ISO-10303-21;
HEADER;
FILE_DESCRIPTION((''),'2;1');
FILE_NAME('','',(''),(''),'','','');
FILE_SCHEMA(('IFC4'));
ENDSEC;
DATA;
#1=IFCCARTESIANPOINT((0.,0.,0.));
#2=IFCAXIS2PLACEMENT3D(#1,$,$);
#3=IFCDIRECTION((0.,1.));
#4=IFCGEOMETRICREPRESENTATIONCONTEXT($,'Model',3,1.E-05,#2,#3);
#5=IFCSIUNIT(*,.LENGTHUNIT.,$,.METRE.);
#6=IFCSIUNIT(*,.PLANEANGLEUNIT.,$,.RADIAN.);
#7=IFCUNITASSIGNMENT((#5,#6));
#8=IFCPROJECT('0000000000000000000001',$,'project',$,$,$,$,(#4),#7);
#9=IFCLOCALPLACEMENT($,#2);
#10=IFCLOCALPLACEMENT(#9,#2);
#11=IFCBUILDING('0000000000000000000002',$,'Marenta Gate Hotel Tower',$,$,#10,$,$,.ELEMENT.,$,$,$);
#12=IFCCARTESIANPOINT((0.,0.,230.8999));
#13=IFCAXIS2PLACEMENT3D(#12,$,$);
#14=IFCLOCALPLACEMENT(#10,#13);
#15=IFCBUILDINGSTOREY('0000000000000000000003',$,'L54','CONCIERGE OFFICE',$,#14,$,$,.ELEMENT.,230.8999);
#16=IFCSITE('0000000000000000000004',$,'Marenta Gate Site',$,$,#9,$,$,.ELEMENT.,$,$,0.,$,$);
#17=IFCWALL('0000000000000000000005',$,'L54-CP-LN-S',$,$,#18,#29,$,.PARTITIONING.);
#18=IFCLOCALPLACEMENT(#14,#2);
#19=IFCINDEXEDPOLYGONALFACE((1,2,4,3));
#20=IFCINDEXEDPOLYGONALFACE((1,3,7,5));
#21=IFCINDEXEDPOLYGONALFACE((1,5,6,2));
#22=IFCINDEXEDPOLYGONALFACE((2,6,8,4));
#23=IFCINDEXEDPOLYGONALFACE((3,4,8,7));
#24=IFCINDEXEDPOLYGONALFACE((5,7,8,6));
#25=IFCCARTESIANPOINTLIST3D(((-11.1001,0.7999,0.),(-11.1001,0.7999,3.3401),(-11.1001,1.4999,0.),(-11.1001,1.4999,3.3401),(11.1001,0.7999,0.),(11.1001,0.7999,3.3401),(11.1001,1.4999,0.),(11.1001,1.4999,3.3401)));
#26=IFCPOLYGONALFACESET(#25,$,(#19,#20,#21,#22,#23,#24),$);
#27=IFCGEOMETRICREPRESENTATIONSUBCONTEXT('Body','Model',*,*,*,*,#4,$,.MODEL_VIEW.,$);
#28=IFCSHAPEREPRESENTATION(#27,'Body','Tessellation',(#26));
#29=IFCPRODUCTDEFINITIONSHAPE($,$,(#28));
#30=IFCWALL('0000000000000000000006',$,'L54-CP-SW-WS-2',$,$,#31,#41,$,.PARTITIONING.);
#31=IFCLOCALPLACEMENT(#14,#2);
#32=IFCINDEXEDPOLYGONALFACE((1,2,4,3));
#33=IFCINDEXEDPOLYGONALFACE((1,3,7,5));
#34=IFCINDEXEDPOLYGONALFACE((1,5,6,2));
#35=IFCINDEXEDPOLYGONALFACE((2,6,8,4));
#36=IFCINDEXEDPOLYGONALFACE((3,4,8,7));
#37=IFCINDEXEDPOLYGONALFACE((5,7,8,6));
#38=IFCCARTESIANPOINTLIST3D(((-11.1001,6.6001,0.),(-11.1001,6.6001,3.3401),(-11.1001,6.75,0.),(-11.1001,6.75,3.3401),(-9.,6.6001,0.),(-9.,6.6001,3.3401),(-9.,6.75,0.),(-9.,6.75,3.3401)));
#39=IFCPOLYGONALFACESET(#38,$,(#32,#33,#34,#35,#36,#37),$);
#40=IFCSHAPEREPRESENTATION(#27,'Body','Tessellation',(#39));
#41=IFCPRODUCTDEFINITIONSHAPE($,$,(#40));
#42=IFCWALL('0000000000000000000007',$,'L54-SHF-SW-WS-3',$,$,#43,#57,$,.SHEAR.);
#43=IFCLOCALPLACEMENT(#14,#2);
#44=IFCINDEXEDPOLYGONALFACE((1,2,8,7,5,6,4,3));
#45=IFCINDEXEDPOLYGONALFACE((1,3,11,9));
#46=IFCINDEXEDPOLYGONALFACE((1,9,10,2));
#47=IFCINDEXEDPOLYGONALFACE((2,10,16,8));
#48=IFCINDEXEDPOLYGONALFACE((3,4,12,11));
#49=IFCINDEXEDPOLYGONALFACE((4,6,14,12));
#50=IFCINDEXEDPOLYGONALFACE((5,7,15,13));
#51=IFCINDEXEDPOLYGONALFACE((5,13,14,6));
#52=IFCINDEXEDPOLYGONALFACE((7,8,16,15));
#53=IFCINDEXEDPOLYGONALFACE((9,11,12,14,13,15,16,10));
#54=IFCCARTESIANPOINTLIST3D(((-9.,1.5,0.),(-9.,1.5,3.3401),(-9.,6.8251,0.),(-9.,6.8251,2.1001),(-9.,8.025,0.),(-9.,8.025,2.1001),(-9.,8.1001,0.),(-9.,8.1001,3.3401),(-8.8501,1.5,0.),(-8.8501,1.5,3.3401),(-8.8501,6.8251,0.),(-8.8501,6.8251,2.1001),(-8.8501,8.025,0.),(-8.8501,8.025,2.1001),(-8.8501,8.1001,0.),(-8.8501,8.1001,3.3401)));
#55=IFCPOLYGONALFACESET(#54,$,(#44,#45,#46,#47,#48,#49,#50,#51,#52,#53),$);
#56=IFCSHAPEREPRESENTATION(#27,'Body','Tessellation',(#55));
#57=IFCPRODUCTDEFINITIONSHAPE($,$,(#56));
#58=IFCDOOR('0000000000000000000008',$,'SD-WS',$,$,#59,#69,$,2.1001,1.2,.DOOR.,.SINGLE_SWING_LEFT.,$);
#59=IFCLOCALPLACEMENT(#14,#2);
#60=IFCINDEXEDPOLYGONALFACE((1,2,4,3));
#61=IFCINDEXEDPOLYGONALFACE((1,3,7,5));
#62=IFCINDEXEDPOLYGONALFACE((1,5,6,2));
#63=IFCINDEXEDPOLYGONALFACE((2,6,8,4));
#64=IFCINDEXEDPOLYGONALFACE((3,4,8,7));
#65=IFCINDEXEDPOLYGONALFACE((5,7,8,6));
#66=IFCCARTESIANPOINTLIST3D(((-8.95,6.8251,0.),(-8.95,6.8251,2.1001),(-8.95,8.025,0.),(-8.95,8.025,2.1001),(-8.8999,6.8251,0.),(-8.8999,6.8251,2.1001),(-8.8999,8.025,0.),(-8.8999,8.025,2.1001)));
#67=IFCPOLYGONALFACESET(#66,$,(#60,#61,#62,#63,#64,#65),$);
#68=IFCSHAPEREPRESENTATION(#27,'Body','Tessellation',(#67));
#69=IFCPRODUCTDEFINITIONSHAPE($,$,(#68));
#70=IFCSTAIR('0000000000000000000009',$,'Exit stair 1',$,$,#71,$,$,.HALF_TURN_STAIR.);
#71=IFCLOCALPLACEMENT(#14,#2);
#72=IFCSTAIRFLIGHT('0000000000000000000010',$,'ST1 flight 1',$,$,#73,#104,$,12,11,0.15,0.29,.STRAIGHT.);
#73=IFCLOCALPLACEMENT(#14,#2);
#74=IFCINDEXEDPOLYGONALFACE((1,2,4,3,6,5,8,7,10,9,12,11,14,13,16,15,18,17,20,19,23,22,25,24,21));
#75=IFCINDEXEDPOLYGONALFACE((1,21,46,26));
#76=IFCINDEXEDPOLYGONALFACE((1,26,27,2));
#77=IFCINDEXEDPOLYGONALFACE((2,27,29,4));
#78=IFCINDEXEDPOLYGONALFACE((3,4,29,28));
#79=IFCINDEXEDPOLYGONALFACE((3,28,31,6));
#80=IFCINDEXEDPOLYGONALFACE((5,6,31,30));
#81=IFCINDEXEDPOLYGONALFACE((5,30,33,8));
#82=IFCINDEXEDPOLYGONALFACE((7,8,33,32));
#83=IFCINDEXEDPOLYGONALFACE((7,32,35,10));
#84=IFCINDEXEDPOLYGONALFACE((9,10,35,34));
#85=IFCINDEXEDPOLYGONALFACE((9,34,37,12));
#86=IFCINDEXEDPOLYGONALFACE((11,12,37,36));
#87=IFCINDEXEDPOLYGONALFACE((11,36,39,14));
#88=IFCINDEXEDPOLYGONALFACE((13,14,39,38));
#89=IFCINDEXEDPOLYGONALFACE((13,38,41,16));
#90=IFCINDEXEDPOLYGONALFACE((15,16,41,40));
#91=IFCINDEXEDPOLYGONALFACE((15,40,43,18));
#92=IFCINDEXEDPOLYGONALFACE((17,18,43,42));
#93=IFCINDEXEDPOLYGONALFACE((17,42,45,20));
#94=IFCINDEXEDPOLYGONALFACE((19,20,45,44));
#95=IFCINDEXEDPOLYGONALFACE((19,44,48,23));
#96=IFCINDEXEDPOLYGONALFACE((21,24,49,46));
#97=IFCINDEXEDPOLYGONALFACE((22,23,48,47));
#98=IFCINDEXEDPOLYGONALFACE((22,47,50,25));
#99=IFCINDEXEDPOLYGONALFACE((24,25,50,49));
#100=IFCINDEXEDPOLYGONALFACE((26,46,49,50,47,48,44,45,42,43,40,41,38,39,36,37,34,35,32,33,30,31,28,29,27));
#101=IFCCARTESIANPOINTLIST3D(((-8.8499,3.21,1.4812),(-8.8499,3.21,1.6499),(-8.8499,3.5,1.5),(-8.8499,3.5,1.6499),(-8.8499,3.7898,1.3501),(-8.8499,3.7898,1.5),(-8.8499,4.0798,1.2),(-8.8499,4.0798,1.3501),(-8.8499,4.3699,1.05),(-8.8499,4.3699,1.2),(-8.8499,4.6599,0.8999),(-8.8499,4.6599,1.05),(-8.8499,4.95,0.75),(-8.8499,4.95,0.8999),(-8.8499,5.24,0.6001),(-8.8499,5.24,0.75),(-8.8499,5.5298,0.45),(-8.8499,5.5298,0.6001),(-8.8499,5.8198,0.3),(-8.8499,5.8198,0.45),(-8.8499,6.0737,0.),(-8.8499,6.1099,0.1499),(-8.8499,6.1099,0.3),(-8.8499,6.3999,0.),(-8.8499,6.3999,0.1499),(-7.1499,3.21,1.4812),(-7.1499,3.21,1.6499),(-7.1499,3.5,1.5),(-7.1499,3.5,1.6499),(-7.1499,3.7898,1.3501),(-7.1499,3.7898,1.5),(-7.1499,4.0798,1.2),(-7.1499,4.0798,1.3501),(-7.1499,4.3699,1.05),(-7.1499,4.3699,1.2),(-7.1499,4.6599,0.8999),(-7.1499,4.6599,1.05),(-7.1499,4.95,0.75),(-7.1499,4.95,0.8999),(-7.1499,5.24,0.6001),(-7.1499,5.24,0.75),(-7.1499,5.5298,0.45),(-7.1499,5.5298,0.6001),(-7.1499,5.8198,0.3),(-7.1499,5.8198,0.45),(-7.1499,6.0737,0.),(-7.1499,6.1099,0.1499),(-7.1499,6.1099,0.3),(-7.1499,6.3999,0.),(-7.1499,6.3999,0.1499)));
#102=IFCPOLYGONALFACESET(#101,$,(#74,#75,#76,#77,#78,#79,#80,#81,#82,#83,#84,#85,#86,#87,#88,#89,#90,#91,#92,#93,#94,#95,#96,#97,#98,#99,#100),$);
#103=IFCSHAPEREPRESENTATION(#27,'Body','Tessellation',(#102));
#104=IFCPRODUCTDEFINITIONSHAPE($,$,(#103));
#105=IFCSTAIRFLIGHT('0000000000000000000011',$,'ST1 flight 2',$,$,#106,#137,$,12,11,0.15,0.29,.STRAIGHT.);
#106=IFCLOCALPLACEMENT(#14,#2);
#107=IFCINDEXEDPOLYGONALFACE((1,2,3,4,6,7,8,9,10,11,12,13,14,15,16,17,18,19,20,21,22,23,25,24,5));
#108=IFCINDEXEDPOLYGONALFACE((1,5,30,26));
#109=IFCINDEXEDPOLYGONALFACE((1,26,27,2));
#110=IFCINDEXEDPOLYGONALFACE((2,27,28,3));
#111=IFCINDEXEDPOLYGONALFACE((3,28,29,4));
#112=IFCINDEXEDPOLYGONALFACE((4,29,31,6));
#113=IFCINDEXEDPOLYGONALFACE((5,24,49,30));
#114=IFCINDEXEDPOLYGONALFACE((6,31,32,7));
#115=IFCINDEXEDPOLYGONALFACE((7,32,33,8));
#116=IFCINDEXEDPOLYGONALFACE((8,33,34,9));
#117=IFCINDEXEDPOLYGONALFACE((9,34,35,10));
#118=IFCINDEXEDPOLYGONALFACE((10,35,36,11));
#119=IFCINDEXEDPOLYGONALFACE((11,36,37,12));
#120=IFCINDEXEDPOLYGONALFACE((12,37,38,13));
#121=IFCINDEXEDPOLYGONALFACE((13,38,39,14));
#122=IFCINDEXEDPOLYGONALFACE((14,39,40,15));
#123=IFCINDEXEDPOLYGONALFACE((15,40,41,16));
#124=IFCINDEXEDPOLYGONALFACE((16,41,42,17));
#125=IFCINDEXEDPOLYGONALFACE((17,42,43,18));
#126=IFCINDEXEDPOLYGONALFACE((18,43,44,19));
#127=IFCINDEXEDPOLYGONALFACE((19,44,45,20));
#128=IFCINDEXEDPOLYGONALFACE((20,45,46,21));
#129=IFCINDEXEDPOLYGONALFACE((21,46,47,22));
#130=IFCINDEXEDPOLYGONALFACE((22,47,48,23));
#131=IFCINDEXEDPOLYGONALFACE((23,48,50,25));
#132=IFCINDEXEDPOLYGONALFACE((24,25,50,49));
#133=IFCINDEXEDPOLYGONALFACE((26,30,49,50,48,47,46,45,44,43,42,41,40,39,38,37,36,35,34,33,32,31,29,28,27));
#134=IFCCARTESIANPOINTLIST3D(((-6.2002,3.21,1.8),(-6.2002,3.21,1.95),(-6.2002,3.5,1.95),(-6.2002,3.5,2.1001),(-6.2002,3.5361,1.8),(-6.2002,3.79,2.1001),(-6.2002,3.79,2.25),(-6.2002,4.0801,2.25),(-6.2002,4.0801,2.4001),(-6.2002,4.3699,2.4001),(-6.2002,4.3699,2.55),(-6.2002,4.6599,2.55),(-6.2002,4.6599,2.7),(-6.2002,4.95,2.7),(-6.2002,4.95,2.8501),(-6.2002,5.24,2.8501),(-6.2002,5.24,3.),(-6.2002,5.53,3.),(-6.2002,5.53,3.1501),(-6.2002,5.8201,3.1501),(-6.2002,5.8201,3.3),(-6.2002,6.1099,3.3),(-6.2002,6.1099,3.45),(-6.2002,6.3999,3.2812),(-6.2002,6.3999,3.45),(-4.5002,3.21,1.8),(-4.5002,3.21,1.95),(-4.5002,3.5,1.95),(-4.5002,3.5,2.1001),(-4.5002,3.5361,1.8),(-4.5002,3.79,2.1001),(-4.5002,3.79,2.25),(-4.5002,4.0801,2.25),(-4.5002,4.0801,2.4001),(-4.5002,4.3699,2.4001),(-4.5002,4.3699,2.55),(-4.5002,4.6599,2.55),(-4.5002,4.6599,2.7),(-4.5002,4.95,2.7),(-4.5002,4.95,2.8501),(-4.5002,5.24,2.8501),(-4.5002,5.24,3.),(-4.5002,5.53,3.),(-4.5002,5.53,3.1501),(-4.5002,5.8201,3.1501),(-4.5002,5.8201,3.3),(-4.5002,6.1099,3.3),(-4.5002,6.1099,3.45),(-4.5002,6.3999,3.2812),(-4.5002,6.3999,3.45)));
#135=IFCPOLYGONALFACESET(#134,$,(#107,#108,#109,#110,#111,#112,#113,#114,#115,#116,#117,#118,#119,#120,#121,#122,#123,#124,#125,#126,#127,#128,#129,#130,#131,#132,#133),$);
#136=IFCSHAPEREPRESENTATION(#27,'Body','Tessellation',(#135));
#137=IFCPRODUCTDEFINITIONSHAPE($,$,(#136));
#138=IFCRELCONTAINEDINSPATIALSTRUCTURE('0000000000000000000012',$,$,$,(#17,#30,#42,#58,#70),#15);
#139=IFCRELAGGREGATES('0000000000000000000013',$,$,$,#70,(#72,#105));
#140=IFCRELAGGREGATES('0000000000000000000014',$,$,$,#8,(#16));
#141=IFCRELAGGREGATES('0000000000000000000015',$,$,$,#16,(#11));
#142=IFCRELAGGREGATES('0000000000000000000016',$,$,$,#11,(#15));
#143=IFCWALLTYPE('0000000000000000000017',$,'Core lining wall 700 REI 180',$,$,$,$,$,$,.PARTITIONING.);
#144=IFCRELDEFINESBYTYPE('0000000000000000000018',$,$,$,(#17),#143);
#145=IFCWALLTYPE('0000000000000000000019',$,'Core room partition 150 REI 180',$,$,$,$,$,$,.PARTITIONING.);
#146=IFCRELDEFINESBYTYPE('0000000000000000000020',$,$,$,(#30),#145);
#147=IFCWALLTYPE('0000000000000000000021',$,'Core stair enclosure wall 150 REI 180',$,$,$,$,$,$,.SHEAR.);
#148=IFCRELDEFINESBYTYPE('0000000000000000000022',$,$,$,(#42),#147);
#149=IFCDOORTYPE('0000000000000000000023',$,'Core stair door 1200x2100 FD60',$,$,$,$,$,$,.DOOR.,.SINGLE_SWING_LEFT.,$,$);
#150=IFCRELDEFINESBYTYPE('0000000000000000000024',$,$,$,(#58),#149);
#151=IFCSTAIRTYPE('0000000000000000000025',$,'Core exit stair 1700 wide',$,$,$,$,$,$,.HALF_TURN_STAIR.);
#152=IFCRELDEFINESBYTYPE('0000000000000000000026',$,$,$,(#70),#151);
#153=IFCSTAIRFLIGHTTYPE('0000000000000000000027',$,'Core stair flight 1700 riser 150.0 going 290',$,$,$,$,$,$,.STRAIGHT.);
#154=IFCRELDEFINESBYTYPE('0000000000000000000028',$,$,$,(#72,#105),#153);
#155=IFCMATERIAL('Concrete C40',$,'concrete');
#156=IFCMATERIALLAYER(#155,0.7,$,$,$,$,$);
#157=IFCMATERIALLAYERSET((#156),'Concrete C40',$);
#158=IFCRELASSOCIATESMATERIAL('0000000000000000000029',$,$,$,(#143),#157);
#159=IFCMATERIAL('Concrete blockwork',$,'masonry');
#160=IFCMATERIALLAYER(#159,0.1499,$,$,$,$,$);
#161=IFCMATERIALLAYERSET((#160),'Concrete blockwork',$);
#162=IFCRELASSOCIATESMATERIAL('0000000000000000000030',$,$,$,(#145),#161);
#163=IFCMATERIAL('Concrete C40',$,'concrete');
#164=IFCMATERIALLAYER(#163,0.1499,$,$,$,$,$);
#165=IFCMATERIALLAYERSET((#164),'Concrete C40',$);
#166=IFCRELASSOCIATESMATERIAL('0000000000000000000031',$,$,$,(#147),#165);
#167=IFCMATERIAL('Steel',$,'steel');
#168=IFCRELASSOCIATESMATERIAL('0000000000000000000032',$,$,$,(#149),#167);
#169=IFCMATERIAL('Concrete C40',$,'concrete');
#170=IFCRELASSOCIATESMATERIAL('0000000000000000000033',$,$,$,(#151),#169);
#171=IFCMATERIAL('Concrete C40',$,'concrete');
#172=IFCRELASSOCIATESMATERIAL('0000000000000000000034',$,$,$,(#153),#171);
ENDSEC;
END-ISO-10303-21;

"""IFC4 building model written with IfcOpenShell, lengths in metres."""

from ifc_helpers import new_model, si_unit, direction, frame, frame_2d, origin, place, context, subcontext, project, spatial, polyline, rectangle, outline, extrude, material, layer, layer_set, type_object, element, fill, aggregate, save


model = new_model("IFC4")

# Units and contexts
model_context = context("Model", 3, precision=1e-05, world=origin(), true_north=direction((0.0, 1.0)))
body_context = subcontext(model_context, "Body", "Model", "MODEL_VIEW")
ifc_project = project(units=[si_unit("LENGTHUNIT", "METRE"), si_unit("PLANEANGLEUNIT", "RADIAN")], contexts=[model_context])

# Site, building, storey
site_placement = place(None, origin())
site = spatial("IfcSite", under=ifc_project, at=site_placement, Name="Marenta Gate Site", CompositionType="ELEMENT", RefElevation=0.0)
building_placement = place(site_placement, origin())
building = spatial("IfcBuilding", under=site, at=building_placement, Name="Marenta Gate Hotel Tower", CompositionType="ELEMENT")
storey_placement = place(building_placement, frame((0.0, 0.0, 230.8999)))
storey = spatial("IfcBuildingStorey", under=building, at=storey_placement, Name="L54", Description="CONCIERGE OFFICE", CompositionType="ELEMENT", Elevation=230.8999)

# Walls
ifc_material_1 = material(Name="Concrete C40", Category="concrete")
ifc_layer_1 = layer(ifc_material_1, 0.7)
ifc_layer_set_1 = layer_set([ifc_layer_1], Name="Concrete C40")
wall_type_1 = type_object("IfcWallType", Name="Core lining wall 700 REI 180", PredefinedType="PARTITIONING", material=ifc_layer_set_1)
wall_1_placement = place(storey_placement, frame((-11.1001, 1.1499, 0.0), z_axis=(0.0, 0.0, 1.0), x_axis=(1.0, 0.0, 0.0)))
element("IfcWall", 1, at=wall_1_placement, inside=storey, type_object=wall_type_1, Name="L54-CP-LN-S", PredefinedType="PARTITIONING", context=body_context, shape_type="SweptSolid", body=[
    extrude(rectangle(XDim=22.2002, YDim=0.7, at=frame_2d((11.1001, 0.0))), origin(), (0.0, 0.0, 1.0), 3.3401),
])
ifc_material_2 = material(Name="Concrete blockwork", Category="masonry")
ifc_layer_2 = layer(ifc_material_2, 0.1499)
ifc_layer_set_2 = layer_set([ifc_layer_2], Name="Concrete blockwork")
wall_type_2 = type_object("IfcWallType", Name="Core room partition 150 REI 180", PredefinedType="PARTITIONING", material=ifc_layer_set_2)
wall_2_placement = place(storey_placement, frame((-11.1001, 6.675, 0.0), z_axis=(0.0, 0.0, 1.0), x_axis=(1.0, 0.0, 0.0)))
element("IfcWall", 2, at=wall_2_placement, inside=storey, type_object=wall_type_2, Name="L54-CP-SW-WS-2", PredefinedType="PARTITIONING", context=body_context, shape_type="SweptSolid", body=[
    extrude(rectangle(XDim=2.1001, YDim=0.1499, at=frame_2d((1.05, 0.0))), origin(), (0.0, 0.0, 1.0), 3.3401),
])

# Wall, opening, door
ifc_material_3 = material(Name="Concrete C40", Category="concrete")
ifc_layer_3 = layer(ifc_material_3, 0.1499)
ifc_layer_set_3 = layer_set([ifc_layer_3], Name="Concrete C40")
wall_type_3 = type_object("IfcWallType", Name="Core stair enclosure wall 150 REI 180", PredefinedType="SHEAR", material=ifc_layer_set_3)
wall_3_placement = place(storey_placement, frame((-8.925, 1.5, 0.0), z_axis=(0.0, 0.0, 1.0), x_axis=(0.0, 1.0, 0.0)))
wall_3 = element("IfcWall", 3, at=wall_3_placement, inside=storey, type_object=wall_type_3, Name="L54-SHF-SW-WS-3", PredefinedType="SHEAR", context=body_context, shape_type="SweptSolid", body=[
    extrude(rectangle(XDim=6.6001, YDim=0.1499, at=frame_2d((3.3, 0.0))), origin(), (0.0, 0.0, 1.0), 3.3401),
])
opening_placement = place(wall_3_placement, frame((5.325, 0.0, 0.0)))
opening = element("IfcOpeningElement", 4, at=opening_placement, cuts=wall_3, PredefinedType="OPENING", context=body_context, shape_type="SweptSolid", body=[
    extrude(rectangle(XDim=1.2, YDim=2.1001, at=frame_2d((0.6001, 1.05))), frame((0.0, 0.075, 0.0), z_axis=(0.0, -1.0, 0.0), x_axis=(1.0, 0.0, 0.0)), (0.0, 0.0, 1.0), 0.1499),
])
ifc_material_4 = material(Name="Steel", Category="steel")
door_type = type_object("IfcDoorType", Name="Core stair door 1200x2100 FD60", OperationType="SINGLE_SWING_LEFT", PredefinedType="DOOR", material=ifc_material_4)
door_placement = place(opening_placement, origin())
door = element("IfcDoor", 5, at=door_placement, inside=storey, type_object=door_type, Name="SD-WS", OperationType="SINGLE_SWING_LEFT", OverallHeight=2.1001, OverallWidth=1.2, PredefinedType="DOOR", context=body_context, shape_type="SweptSolid", body=[
    extrude(rectangle(XDim=1.2, YDim=2.1001, at=frame_2d((0.6001, 1.05))), frame((0.0, 0.0249, 0.0), z_axis=(0.0, -1.0, 0.0), x_axis=(1.0, 0.0, 0.0)), (0.0, 0.0, 1.0), 0.05),
])
fill(opening, door)

# Stair, stair flights
ifc_material_5 = material(Name="Concrete C40", Category="concrete")
stair_type = type_object("IfcStairType", Name="Core exit stair 1700 wide", PredefinedType="HALF_TURN_STAIR", material=ifc_material_5)
stair_placement = place(storey_placement, origin())
stair = element("IfcStair", 6, at=stair_placement, inside=storey, type_object=stair_type, Name="Exit stair 1", PredefinedType="HALF_TURN_STAIR")
ifc_material_6 = material(Name="Concrete C40", Category="concrete")
stair_flight_type = type_object("IfcStairFlightType", Name="Core stair flight 1700 riser 150.0 going 290", PredefinedType="STRAIGHT", material=ifc_material_6)
stair_flight_1_placement = place(storey_placement, frame((-8.0, 6.3999, 0.0), z_axis=(0.0, 0.0, 1.0), x_axis=(0.0, -1.0, 0.0)))
stair_flight_1 = element("IfcStairFlight", 7, at=stair_flight_1_placement, type_object=stair_flight_type, Name="ST1 flight 1", NumberOfRisers=12, NumberOfTreads=11, PredefinedType="STRAIGHT", RiserHeight=0.15, TreadLength=0.29, context=body_context, shape_type="SweptSolid", body=[
    extrude(outline(polyline([(0.0, 0.0), (0.0, 0.1499), (0.29, 0.1499), (0.29, 0.3), (0.5801, 0.3), (0.5801, 0.45), (0.8701, 0.45), (0.8701, 0.6001), (1.1599, 0.6001), (1.1599, 0.75), (1.45, 0.75), (1.45, 0.8999), (1.74, 0.8999), (1.74, 1.05), (2.03, 1.05), (2.03, 1.2), (2.3201, 1.2), (2.3201, 1.3501), (2.6101, 1.3501), (2.6101, 1.5), (2.8999, 1.5), (2.8999, 1.6499), (3.1899, 1.6499), (3.1899, 1.8), (3.1899, 1.4812), (0.3262, 0.0), (0.0, 0.0)])), frame((0.0, 0.8501, 0.0), z_axis=(0.0, -1.0, 0.0), x_axis=(1.0, 0.0, 0.0)), (0.0, 0.0, 1.0), 1.7),
])
stair_flight_2_placement = place(storey_placement, frame((-5.3501, 3.21, 1.8), z_axis=(0.0, 0.0, 1.0), x_axis=(0.0, 1.0, 0.0)))
stair_flight_2 = element("IfcStairFlight", 8, at=stair_flight_2_placement, type_object=stair_flight_type, Name="ST1 flight 2", NumberOfRisers=12, NumberOfTreads=11, PredefinedType="STRAIGHT", RiserHeight=0.15, TreadLength=0.29, context=body_context, shape_type="SweptSolid", body=[
    extrude(outline(polyline([(0.0, 0.0), (0.0, 0.1499), (0.29, 0.1499), (0.29, 0.3), (0.5801, 0.3), (0.5801, 0.45), (0.8701, 0.45), (0.8701, 0.6001), (1.1599, 0.6001), (1.1599, 0.75), (1.45, 0.75), (1.45, 0.8999), (1.74, 0.8999), (1.74, 1.05), (2.03, 1.05), (2.03, 1.2), (2.3201, 1.2), (2.3201, 1.3501), (2.6101, 1.3501), (2.6101, 1.5), (2.8999, 1.5), (2.8999, 1.6499), (3.1899, 1.6499), (3.1899, 1.8), (3.1899, 1.4812), (0.3262, 0.0), (0.0, 0.0)])), frame((0.0, 0.8501, 0.0), z_axis=(0.0, -1.0, 0.0), x_axis=(1.0, 0.0, 0.0)), (0.0, 0.0, 1.0), 1.7),
])
aggregate(stair, [stair_flight_1, stair_flight_2])

save(model, "model.ifc")
